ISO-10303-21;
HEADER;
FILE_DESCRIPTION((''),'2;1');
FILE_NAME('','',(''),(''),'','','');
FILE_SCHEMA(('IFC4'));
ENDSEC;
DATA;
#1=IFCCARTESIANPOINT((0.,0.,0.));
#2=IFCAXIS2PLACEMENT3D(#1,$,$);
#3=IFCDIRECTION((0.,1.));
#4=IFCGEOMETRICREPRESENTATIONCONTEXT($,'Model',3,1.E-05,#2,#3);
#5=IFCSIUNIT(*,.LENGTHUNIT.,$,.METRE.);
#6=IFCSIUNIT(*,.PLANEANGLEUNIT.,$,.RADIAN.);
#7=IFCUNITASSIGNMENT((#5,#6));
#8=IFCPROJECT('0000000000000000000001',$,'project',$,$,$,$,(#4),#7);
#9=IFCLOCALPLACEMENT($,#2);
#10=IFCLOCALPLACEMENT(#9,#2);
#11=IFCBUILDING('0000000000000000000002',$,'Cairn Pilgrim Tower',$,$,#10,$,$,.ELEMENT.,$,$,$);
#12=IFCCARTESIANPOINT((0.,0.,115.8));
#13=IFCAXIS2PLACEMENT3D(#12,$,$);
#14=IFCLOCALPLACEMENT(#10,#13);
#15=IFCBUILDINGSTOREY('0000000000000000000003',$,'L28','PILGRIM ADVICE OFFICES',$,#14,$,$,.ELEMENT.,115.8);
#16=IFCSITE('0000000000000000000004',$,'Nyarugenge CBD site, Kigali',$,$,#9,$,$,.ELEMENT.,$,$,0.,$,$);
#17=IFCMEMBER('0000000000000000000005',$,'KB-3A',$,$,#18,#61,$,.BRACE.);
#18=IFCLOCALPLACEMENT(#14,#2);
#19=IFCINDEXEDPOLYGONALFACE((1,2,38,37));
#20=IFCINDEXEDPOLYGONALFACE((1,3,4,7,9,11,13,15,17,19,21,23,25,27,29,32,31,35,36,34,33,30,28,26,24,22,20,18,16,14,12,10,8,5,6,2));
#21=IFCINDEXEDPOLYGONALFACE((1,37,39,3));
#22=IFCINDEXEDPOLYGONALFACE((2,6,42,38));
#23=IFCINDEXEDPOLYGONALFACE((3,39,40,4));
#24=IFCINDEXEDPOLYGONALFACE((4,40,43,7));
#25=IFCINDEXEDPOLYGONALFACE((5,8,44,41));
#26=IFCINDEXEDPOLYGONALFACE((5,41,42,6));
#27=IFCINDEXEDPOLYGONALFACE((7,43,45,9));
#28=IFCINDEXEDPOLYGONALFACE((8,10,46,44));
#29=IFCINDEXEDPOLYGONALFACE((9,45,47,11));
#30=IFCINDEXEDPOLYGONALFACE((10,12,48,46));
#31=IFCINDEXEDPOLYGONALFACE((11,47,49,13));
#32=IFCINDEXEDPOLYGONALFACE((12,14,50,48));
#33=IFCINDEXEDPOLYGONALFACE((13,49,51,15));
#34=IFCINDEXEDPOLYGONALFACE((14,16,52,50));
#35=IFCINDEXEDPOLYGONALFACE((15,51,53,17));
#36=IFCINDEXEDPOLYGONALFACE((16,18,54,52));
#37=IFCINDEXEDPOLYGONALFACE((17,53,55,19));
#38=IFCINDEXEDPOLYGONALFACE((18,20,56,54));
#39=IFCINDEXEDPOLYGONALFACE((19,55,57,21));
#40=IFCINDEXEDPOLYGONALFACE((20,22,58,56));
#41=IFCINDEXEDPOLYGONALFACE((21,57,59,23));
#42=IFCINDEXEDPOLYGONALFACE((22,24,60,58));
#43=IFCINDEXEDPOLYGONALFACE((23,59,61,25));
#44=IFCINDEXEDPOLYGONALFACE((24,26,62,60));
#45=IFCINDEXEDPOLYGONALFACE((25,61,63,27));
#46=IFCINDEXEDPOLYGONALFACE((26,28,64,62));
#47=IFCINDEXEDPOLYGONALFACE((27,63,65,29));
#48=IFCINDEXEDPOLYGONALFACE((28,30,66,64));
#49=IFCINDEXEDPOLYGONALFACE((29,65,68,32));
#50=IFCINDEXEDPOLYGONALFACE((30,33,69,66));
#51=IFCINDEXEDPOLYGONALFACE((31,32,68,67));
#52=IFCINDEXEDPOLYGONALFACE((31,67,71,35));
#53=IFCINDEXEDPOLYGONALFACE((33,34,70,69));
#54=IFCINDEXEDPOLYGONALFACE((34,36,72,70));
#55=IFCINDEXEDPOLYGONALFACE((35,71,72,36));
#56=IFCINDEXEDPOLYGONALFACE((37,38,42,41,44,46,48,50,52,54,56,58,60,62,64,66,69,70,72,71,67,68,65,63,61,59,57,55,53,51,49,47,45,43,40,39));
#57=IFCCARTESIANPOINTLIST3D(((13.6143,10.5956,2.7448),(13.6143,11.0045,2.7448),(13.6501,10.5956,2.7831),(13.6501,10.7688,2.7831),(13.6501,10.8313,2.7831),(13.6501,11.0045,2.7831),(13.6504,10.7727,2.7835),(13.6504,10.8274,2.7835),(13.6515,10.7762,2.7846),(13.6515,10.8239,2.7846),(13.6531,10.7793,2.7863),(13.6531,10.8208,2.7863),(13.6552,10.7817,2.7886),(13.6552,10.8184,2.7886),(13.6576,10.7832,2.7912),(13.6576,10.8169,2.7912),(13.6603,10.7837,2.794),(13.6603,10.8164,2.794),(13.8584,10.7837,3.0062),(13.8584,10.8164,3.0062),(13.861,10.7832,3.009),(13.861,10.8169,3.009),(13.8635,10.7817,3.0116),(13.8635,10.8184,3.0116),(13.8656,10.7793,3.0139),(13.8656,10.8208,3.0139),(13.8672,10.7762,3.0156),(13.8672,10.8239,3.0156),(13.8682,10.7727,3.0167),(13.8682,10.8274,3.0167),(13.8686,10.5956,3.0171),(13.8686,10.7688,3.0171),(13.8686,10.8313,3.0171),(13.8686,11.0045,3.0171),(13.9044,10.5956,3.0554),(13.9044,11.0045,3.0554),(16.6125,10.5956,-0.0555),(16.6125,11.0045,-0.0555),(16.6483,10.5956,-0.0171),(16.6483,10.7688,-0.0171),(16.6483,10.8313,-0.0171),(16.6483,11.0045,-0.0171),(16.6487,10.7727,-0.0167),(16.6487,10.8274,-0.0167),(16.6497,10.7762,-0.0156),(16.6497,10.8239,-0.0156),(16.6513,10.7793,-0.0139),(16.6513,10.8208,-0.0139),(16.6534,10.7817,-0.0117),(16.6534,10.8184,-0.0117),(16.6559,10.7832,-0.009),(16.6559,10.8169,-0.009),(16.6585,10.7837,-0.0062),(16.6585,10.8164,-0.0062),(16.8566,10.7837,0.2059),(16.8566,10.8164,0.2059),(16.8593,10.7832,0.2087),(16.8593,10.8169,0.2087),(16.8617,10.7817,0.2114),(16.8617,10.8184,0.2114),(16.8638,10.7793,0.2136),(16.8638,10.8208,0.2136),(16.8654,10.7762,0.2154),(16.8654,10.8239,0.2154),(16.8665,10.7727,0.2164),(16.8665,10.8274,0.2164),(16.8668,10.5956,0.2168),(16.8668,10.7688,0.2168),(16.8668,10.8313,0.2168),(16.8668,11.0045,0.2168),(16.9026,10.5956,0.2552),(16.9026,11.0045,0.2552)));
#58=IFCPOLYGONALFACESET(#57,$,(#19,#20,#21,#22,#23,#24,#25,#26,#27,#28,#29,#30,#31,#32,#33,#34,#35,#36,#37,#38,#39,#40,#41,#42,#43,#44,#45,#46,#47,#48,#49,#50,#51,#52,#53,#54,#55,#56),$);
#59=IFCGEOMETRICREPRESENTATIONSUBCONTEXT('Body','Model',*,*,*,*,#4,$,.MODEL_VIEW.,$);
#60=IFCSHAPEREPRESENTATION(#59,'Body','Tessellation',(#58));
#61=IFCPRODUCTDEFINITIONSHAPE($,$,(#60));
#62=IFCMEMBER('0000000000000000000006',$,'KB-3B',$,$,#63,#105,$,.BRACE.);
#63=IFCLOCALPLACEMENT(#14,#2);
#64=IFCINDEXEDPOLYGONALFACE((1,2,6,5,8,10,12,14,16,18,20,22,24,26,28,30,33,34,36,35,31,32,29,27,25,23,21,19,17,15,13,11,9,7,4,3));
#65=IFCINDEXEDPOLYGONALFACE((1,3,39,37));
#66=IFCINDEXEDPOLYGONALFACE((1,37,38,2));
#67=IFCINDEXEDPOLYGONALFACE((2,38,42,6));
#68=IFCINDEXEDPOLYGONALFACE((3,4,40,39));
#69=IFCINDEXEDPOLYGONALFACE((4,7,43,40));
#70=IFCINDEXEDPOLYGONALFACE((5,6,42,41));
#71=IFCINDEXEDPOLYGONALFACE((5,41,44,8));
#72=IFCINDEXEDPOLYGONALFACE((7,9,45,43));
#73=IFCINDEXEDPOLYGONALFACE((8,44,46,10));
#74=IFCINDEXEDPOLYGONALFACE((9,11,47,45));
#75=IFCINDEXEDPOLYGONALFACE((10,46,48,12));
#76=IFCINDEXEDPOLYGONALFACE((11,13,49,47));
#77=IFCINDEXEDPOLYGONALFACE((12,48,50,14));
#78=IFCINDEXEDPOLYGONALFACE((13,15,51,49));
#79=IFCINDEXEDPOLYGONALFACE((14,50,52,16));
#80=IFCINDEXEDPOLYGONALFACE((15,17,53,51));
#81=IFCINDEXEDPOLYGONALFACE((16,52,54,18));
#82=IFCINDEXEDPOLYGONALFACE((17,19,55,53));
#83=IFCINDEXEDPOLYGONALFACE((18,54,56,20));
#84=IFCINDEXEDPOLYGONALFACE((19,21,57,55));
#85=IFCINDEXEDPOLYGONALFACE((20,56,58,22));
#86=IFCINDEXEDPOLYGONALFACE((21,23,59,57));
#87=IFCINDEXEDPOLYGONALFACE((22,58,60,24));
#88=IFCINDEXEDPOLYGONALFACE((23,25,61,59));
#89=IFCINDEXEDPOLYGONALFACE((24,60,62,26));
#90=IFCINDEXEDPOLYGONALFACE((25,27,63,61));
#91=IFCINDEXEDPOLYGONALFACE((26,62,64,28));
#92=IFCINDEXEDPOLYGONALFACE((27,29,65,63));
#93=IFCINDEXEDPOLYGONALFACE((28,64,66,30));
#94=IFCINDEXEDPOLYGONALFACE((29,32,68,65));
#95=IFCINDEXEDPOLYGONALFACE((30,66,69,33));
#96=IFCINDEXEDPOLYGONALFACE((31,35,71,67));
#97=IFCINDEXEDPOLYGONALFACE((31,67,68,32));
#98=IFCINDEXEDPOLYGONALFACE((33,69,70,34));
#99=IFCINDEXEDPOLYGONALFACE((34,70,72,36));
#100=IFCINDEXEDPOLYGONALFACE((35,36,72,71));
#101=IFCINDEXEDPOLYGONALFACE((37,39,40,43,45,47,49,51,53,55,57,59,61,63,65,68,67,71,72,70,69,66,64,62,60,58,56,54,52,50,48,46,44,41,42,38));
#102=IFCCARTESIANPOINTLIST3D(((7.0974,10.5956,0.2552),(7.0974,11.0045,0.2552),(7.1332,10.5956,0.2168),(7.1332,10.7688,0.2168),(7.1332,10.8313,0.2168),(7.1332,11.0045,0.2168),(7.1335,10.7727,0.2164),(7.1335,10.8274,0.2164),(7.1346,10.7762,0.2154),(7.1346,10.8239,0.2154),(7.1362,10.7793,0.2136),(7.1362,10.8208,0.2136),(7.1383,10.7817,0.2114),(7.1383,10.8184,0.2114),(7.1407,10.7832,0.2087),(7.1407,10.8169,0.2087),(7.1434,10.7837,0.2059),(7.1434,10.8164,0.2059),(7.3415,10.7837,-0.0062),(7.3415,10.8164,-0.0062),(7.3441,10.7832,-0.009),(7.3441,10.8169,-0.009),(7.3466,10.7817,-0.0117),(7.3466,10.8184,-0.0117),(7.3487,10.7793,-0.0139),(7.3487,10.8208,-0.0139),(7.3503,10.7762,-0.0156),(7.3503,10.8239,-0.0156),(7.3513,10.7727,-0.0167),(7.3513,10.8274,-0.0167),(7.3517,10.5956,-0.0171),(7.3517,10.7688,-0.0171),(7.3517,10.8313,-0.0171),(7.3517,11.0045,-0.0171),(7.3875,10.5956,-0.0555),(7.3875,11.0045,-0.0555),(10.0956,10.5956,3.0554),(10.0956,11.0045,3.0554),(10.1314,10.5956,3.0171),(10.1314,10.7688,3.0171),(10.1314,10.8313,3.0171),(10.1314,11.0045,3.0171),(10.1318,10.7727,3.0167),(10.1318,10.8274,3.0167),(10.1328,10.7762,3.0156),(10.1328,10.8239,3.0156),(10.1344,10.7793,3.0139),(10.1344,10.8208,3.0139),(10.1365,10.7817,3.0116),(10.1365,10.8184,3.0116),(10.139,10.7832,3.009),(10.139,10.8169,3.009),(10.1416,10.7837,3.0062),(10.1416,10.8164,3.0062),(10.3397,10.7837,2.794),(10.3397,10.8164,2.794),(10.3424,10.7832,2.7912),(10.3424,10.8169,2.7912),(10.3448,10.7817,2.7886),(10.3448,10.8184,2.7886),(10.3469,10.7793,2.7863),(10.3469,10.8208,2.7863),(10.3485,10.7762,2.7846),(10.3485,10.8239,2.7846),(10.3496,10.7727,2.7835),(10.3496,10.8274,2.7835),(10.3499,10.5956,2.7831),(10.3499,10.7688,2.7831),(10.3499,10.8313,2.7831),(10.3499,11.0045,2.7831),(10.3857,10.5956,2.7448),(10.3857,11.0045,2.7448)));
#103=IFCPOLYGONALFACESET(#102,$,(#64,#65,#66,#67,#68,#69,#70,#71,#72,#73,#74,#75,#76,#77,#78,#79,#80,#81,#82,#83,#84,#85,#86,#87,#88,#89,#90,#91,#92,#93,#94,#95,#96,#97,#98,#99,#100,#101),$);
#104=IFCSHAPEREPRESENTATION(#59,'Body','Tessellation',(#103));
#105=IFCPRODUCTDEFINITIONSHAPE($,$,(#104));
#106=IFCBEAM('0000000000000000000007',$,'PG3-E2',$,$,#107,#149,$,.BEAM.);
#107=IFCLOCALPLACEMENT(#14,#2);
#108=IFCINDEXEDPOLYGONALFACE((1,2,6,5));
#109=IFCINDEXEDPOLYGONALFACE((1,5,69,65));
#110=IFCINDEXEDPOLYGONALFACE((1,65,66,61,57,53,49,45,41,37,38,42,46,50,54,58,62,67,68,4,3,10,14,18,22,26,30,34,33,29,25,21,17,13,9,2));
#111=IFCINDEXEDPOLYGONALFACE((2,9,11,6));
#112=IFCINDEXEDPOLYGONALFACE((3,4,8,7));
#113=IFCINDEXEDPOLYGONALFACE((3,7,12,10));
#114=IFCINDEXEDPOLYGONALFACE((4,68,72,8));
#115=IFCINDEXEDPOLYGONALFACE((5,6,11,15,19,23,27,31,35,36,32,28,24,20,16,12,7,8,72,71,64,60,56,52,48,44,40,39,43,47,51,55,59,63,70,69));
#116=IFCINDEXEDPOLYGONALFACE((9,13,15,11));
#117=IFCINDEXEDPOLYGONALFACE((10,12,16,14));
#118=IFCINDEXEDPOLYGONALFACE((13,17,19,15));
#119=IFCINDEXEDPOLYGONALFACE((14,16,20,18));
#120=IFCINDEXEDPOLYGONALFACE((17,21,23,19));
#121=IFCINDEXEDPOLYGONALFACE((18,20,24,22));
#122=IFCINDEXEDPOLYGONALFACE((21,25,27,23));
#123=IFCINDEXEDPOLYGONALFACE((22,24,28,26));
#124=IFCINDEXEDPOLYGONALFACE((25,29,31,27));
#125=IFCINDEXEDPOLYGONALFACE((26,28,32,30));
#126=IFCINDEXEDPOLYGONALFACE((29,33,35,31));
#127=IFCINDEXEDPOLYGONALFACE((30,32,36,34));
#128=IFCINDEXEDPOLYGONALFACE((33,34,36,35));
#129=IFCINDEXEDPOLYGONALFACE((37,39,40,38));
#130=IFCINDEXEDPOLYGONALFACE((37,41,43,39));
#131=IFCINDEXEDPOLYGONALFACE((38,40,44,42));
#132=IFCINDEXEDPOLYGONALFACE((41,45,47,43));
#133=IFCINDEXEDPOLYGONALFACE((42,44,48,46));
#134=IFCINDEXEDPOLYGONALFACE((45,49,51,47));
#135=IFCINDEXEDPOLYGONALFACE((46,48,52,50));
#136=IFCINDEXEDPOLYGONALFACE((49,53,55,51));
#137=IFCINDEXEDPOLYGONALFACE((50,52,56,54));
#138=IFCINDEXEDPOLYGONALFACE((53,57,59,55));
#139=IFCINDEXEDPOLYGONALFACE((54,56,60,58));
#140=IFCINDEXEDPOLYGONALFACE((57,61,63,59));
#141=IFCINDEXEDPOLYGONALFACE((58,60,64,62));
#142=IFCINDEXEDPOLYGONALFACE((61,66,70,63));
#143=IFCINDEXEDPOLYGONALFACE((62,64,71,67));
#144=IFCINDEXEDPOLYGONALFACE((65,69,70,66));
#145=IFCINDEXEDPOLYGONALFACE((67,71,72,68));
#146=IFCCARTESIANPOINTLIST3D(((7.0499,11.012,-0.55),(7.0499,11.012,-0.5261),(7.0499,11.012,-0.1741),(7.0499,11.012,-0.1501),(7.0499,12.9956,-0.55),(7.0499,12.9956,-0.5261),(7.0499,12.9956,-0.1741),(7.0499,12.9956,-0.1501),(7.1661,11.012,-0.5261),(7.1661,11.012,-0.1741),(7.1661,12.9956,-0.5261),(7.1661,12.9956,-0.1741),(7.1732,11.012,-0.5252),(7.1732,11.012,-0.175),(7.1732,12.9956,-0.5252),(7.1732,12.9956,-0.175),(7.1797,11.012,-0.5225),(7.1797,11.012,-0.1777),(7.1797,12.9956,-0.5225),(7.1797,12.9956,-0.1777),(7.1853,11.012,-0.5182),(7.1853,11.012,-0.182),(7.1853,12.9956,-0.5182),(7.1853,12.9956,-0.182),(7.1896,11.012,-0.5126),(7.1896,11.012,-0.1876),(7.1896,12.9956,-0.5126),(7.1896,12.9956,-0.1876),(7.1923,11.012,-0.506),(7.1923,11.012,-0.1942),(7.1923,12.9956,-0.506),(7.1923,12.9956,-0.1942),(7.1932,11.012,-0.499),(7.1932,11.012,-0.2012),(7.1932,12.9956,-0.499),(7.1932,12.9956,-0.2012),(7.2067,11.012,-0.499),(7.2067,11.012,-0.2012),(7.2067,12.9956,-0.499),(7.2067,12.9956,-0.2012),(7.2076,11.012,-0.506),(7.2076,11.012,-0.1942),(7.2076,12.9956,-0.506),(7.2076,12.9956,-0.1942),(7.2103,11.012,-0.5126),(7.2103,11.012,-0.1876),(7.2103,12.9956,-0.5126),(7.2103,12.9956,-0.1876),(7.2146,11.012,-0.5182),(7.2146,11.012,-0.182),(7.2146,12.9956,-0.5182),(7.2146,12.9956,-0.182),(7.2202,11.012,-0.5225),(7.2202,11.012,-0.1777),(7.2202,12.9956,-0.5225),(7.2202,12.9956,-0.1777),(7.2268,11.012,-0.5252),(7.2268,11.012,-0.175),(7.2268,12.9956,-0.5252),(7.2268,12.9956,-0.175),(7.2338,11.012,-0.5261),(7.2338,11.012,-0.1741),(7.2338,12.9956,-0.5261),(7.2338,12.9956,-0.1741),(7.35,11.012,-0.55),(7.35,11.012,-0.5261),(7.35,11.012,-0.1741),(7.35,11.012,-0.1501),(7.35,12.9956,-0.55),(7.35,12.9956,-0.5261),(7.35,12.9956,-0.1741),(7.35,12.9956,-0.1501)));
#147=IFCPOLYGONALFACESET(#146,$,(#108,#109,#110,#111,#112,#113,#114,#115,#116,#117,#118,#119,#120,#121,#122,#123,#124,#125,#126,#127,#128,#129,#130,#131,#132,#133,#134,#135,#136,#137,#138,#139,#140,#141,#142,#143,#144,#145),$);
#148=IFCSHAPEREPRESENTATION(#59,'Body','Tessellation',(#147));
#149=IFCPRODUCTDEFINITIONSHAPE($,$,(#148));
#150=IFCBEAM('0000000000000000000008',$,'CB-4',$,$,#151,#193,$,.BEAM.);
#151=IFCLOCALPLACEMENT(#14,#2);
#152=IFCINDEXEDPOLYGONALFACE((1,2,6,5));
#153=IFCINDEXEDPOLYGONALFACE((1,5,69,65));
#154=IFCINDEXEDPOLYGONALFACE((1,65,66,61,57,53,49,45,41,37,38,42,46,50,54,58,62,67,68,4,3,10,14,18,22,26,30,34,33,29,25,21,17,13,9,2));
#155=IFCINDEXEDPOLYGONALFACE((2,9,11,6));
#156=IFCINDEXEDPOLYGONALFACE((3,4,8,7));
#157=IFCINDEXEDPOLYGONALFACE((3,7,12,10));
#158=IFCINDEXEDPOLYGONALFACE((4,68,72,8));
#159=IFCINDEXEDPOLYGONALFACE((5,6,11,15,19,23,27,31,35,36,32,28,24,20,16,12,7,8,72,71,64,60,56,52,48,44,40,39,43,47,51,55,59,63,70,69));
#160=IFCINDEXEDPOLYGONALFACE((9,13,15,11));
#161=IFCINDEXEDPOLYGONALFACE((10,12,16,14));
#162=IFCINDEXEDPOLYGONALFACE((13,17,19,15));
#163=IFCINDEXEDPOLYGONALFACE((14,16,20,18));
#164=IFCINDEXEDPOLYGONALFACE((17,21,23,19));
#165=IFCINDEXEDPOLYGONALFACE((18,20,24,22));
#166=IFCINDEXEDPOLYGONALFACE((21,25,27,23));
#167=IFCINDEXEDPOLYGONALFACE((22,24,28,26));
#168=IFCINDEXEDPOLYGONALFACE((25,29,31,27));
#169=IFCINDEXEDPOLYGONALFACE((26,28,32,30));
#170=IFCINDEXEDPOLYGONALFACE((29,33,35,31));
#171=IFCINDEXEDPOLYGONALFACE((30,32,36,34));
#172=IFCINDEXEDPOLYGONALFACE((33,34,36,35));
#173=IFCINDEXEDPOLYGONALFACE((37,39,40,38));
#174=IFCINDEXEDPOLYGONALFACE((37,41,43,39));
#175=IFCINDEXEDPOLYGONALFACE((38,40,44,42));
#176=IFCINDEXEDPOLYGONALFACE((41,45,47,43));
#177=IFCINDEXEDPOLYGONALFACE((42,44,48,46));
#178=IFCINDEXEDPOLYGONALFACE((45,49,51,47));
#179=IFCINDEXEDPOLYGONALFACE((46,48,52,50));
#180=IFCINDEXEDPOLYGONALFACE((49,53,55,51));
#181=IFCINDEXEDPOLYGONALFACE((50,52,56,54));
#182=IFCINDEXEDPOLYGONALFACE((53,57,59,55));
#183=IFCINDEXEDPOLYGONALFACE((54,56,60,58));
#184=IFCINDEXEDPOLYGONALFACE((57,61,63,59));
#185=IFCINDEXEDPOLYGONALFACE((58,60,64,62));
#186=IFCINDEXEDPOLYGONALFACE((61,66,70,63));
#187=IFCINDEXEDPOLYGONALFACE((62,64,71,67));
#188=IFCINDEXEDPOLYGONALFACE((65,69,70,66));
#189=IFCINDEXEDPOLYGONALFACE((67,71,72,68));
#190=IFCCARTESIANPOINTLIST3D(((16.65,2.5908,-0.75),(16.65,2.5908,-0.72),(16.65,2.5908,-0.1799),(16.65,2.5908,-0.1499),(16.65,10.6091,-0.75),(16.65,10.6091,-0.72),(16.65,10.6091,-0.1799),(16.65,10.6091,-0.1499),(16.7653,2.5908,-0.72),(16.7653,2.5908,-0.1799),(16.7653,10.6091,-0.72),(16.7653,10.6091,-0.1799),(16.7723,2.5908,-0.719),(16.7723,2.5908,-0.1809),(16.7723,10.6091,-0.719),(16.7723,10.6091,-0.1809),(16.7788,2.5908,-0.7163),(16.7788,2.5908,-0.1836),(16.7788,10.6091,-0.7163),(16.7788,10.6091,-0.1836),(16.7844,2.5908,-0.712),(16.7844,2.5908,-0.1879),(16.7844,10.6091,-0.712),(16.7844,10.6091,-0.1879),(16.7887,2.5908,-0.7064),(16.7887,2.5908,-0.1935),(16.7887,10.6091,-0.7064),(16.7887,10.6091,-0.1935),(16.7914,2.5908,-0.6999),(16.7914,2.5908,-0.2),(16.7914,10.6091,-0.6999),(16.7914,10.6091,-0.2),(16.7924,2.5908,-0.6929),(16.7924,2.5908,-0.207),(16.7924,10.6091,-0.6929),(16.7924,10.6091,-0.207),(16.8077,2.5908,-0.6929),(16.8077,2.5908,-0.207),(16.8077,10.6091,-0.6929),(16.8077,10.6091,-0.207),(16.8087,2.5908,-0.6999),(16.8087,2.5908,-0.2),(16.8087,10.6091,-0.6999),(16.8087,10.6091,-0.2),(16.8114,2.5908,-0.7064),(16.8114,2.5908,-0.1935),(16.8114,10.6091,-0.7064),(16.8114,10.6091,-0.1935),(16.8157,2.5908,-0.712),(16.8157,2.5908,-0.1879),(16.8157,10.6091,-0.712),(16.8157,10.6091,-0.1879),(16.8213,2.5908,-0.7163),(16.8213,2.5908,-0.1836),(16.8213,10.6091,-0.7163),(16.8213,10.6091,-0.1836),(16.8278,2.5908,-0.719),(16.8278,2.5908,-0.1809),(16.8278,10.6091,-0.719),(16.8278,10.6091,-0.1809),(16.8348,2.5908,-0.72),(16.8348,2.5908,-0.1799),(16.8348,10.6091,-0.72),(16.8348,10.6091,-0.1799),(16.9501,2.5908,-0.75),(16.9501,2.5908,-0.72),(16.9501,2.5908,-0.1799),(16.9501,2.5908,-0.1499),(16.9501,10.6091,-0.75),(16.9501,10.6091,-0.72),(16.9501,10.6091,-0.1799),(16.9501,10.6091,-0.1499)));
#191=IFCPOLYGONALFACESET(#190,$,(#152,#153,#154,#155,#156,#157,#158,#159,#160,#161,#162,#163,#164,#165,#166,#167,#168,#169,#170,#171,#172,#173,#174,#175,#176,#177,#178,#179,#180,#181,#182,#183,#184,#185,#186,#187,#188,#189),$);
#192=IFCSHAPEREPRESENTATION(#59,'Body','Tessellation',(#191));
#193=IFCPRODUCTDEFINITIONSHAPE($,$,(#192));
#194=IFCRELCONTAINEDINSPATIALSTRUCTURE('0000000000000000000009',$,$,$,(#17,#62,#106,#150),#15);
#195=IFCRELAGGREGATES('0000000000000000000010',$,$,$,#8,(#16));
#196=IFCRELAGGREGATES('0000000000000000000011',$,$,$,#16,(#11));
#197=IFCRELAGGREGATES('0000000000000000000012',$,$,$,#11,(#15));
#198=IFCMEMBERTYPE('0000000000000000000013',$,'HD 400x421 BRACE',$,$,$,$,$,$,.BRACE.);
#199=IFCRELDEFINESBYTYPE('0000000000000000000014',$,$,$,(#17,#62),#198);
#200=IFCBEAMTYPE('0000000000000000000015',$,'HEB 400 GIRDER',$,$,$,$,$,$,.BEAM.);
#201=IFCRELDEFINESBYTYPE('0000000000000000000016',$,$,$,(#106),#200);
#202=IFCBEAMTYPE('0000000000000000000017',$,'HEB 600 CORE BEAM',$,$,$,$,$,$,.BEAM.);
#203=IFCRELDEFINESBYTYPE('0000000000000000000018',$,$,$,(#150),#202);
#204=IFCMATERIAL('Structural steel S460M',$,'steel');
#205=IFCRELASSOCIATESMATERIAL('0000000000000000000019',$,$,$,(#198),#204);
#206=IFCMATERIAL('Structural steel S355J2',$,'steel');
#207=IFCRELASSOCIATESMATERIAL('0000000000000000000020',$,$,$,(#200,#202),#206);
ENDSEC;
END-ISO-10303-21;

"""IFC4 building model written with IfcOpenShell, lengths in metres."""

from ifc_helpers import new_model, si_unit, direction, frame, origin, origin_2d, place, context, subcontext, project, spatial, i_section, extrude, material, material_profile, profile_set, type_object, element, save


model = new_model("IFC4")

# Units and contexts
model_context = context("Model", 3, precision=1e-05, world=origin(), true_north=direction((0.0, 1.0)))
body_context = subcontext(model_context, "Body", "Model", "MODEL_VIEW")
ifc_project = project(units=[si_unit("LENGTHUNIT", "METRE"), si_unit("PLANEANGLEUNIT", "RADIAN")], contexts=[model_context])

# Site, building, storey
site_placement = place(None, origin())
site = spatial("IfcSite", under=ifc_project, at=site_placement, Name="Nyarugenge CBD site, Kigali", CompositionType="ELEMENT", RefElevation=0.0)
building_placement = place(site_placement, origin())
building = spatial("IfcBuilding", under=site, at=building_placement, Name="Cairn Pilgrim Tower", CompositionType="ELEMENT")
storey_placement = place(building_placement, frame((0.0, 0.0, 115.8)))
storey = spatial("IfcBuildingStorey", under=building, at=storey_placement, Name="L28", Description="PILGRIM ADVICE OFFICES", CompositionType="ELEMENT", Elevation=115.8)

# Shared definitions
ifc_material_1 = material(Name="Structural steel S460M", Category="steel")

# Members
ifc_material_profile_1 = material_profile(ifc_material_1, i_section(OverallWidth=0.4089, OverallDepth=0.425, WebThickness=0.0327, FlangeThickness=0.0525, FilletRadius=0.0149, at=origin_2d()), Name="HD 400x421")
ifc_profile_set_1 = profile_set([ifc_material_profile_1], Name="Structural steel S460M")
member_type = type_object("IfcMemberType", Name="HD 400x421 BRACE", PredefinedType="BRACE", material=ifc_profile_set_1)
for number, where, z_axis, x_axis, name in (
    (1, (16.7576, 10.8, 0.0999), (-0.730826, 0.0, 0.682564), (0.0, -1.0, 0.0), "KB-3A"),
    (2, (7.2424, 10.8, 0.0999), (0.730826, 0.0, 0.682564), (0.0, 1.0, 0.0), "KB-3B"),
):
    element("IfcMember", number, at=place(storey_placement, frame(where, z_axis=z_axis, x_axis=x_axis)), inside=storey, type_object=member_type, Name=name, PredefinedType="BRACE", context=body_context, shape_type="SweptSolid", body=[
        extrude(i_section(OverallWidth=0.4089, OverallDepth=0.425, WebThickness=0.0327, FlangeThickness=0.0525, FilletRadius=0.0149, at=origin_2d()), origin(), (0.0, 0.0, 1.0), 4.1025),
    ])

# Beams
ifc_material_2 = material(Name="Structural steel S355J2", Category="steel")
ifc_material_profile_2 = material_profile(ifc_material_2, i_section(OverallWidth=0.3, OverallDepth=0.3999, WebThickness=0.0134, FlangeThickness=0.0239, FilletRadius=0.0271, at=origin_2d()), Name="HEB 400")
ifc_profile_set_2 = profile_set([ifc_material_profile_2], Name="Structural steel S355J2")
beam_type_1 = type_object("IfcBeamType", Name="HEB 400 GIRDER", PredefinedType="BEAM", material=ifc_profile_set_2)
beam_1_placement = place(storey_placement, frame((7.2, 11.012, -0.3501), z_axis=(0.0, 1.0, 0.0), x_axis=(-1.0, 0.0, 0.0)))
element("IfcBeam", 3, at=beam_1_placement, inside=storey, type_object=beam_type_1, Name="PG3-E2", PredefinedType="BEAM", context=body_context, shape_type="SweptSolid", body=[
    extrude(i_section(OverallWidth=0.3, OverallDepth=0.3999, WebThickness=0.0134, FlangeThickness=0.0239, FilletRadius=0.0271, at=origin_2d()), origin(), (0.0, 0.0, 1.0), 1.9836),
])
ifc_material_profile_3 = material_profile(ifc_material_2, i_section(OverallWidth=0.3, OverallDepth=0.6001, WebThickness=0.0154, FlangeThickness=0.03, FilletRadius=0.0271, at=origin_2d()), Name="HEB 600")
ifc_profile_set_3 = profile_set([ifc_material_profile_3], Name="Structural steel S355J2")
beam_type_2 = type_object("IfcBeamType", Name="HEB 600 CORE BEAM", PredefinedType="BEAM", material=ifc_profile_set_3)
beam_2_placement = place(storey_placement, frame((16.8, 2.5908, -0.45), z_axis=(0.0, 1.0, 0.0), x_axis=(-1.0, 0.0, 0.0)))
element("IfcBeam", 4, at=beam_2_placement, inside=storey, type_object=beam_type_2, Name="CB-4", PredefinedType="BEAM", context=body_context, shape_type="SweptSolid", body=[
    extrude(i_section(OverallWidth=0.3, OverallDepth=0.6001, WebThickness=0.0154, FlangeThickness=0.03, FilletRadius=0.0271, at=origin_2d()), origin(), (0.0, 0.0, 1.0), 8.0183),
])

save(model, "model.ifc")
